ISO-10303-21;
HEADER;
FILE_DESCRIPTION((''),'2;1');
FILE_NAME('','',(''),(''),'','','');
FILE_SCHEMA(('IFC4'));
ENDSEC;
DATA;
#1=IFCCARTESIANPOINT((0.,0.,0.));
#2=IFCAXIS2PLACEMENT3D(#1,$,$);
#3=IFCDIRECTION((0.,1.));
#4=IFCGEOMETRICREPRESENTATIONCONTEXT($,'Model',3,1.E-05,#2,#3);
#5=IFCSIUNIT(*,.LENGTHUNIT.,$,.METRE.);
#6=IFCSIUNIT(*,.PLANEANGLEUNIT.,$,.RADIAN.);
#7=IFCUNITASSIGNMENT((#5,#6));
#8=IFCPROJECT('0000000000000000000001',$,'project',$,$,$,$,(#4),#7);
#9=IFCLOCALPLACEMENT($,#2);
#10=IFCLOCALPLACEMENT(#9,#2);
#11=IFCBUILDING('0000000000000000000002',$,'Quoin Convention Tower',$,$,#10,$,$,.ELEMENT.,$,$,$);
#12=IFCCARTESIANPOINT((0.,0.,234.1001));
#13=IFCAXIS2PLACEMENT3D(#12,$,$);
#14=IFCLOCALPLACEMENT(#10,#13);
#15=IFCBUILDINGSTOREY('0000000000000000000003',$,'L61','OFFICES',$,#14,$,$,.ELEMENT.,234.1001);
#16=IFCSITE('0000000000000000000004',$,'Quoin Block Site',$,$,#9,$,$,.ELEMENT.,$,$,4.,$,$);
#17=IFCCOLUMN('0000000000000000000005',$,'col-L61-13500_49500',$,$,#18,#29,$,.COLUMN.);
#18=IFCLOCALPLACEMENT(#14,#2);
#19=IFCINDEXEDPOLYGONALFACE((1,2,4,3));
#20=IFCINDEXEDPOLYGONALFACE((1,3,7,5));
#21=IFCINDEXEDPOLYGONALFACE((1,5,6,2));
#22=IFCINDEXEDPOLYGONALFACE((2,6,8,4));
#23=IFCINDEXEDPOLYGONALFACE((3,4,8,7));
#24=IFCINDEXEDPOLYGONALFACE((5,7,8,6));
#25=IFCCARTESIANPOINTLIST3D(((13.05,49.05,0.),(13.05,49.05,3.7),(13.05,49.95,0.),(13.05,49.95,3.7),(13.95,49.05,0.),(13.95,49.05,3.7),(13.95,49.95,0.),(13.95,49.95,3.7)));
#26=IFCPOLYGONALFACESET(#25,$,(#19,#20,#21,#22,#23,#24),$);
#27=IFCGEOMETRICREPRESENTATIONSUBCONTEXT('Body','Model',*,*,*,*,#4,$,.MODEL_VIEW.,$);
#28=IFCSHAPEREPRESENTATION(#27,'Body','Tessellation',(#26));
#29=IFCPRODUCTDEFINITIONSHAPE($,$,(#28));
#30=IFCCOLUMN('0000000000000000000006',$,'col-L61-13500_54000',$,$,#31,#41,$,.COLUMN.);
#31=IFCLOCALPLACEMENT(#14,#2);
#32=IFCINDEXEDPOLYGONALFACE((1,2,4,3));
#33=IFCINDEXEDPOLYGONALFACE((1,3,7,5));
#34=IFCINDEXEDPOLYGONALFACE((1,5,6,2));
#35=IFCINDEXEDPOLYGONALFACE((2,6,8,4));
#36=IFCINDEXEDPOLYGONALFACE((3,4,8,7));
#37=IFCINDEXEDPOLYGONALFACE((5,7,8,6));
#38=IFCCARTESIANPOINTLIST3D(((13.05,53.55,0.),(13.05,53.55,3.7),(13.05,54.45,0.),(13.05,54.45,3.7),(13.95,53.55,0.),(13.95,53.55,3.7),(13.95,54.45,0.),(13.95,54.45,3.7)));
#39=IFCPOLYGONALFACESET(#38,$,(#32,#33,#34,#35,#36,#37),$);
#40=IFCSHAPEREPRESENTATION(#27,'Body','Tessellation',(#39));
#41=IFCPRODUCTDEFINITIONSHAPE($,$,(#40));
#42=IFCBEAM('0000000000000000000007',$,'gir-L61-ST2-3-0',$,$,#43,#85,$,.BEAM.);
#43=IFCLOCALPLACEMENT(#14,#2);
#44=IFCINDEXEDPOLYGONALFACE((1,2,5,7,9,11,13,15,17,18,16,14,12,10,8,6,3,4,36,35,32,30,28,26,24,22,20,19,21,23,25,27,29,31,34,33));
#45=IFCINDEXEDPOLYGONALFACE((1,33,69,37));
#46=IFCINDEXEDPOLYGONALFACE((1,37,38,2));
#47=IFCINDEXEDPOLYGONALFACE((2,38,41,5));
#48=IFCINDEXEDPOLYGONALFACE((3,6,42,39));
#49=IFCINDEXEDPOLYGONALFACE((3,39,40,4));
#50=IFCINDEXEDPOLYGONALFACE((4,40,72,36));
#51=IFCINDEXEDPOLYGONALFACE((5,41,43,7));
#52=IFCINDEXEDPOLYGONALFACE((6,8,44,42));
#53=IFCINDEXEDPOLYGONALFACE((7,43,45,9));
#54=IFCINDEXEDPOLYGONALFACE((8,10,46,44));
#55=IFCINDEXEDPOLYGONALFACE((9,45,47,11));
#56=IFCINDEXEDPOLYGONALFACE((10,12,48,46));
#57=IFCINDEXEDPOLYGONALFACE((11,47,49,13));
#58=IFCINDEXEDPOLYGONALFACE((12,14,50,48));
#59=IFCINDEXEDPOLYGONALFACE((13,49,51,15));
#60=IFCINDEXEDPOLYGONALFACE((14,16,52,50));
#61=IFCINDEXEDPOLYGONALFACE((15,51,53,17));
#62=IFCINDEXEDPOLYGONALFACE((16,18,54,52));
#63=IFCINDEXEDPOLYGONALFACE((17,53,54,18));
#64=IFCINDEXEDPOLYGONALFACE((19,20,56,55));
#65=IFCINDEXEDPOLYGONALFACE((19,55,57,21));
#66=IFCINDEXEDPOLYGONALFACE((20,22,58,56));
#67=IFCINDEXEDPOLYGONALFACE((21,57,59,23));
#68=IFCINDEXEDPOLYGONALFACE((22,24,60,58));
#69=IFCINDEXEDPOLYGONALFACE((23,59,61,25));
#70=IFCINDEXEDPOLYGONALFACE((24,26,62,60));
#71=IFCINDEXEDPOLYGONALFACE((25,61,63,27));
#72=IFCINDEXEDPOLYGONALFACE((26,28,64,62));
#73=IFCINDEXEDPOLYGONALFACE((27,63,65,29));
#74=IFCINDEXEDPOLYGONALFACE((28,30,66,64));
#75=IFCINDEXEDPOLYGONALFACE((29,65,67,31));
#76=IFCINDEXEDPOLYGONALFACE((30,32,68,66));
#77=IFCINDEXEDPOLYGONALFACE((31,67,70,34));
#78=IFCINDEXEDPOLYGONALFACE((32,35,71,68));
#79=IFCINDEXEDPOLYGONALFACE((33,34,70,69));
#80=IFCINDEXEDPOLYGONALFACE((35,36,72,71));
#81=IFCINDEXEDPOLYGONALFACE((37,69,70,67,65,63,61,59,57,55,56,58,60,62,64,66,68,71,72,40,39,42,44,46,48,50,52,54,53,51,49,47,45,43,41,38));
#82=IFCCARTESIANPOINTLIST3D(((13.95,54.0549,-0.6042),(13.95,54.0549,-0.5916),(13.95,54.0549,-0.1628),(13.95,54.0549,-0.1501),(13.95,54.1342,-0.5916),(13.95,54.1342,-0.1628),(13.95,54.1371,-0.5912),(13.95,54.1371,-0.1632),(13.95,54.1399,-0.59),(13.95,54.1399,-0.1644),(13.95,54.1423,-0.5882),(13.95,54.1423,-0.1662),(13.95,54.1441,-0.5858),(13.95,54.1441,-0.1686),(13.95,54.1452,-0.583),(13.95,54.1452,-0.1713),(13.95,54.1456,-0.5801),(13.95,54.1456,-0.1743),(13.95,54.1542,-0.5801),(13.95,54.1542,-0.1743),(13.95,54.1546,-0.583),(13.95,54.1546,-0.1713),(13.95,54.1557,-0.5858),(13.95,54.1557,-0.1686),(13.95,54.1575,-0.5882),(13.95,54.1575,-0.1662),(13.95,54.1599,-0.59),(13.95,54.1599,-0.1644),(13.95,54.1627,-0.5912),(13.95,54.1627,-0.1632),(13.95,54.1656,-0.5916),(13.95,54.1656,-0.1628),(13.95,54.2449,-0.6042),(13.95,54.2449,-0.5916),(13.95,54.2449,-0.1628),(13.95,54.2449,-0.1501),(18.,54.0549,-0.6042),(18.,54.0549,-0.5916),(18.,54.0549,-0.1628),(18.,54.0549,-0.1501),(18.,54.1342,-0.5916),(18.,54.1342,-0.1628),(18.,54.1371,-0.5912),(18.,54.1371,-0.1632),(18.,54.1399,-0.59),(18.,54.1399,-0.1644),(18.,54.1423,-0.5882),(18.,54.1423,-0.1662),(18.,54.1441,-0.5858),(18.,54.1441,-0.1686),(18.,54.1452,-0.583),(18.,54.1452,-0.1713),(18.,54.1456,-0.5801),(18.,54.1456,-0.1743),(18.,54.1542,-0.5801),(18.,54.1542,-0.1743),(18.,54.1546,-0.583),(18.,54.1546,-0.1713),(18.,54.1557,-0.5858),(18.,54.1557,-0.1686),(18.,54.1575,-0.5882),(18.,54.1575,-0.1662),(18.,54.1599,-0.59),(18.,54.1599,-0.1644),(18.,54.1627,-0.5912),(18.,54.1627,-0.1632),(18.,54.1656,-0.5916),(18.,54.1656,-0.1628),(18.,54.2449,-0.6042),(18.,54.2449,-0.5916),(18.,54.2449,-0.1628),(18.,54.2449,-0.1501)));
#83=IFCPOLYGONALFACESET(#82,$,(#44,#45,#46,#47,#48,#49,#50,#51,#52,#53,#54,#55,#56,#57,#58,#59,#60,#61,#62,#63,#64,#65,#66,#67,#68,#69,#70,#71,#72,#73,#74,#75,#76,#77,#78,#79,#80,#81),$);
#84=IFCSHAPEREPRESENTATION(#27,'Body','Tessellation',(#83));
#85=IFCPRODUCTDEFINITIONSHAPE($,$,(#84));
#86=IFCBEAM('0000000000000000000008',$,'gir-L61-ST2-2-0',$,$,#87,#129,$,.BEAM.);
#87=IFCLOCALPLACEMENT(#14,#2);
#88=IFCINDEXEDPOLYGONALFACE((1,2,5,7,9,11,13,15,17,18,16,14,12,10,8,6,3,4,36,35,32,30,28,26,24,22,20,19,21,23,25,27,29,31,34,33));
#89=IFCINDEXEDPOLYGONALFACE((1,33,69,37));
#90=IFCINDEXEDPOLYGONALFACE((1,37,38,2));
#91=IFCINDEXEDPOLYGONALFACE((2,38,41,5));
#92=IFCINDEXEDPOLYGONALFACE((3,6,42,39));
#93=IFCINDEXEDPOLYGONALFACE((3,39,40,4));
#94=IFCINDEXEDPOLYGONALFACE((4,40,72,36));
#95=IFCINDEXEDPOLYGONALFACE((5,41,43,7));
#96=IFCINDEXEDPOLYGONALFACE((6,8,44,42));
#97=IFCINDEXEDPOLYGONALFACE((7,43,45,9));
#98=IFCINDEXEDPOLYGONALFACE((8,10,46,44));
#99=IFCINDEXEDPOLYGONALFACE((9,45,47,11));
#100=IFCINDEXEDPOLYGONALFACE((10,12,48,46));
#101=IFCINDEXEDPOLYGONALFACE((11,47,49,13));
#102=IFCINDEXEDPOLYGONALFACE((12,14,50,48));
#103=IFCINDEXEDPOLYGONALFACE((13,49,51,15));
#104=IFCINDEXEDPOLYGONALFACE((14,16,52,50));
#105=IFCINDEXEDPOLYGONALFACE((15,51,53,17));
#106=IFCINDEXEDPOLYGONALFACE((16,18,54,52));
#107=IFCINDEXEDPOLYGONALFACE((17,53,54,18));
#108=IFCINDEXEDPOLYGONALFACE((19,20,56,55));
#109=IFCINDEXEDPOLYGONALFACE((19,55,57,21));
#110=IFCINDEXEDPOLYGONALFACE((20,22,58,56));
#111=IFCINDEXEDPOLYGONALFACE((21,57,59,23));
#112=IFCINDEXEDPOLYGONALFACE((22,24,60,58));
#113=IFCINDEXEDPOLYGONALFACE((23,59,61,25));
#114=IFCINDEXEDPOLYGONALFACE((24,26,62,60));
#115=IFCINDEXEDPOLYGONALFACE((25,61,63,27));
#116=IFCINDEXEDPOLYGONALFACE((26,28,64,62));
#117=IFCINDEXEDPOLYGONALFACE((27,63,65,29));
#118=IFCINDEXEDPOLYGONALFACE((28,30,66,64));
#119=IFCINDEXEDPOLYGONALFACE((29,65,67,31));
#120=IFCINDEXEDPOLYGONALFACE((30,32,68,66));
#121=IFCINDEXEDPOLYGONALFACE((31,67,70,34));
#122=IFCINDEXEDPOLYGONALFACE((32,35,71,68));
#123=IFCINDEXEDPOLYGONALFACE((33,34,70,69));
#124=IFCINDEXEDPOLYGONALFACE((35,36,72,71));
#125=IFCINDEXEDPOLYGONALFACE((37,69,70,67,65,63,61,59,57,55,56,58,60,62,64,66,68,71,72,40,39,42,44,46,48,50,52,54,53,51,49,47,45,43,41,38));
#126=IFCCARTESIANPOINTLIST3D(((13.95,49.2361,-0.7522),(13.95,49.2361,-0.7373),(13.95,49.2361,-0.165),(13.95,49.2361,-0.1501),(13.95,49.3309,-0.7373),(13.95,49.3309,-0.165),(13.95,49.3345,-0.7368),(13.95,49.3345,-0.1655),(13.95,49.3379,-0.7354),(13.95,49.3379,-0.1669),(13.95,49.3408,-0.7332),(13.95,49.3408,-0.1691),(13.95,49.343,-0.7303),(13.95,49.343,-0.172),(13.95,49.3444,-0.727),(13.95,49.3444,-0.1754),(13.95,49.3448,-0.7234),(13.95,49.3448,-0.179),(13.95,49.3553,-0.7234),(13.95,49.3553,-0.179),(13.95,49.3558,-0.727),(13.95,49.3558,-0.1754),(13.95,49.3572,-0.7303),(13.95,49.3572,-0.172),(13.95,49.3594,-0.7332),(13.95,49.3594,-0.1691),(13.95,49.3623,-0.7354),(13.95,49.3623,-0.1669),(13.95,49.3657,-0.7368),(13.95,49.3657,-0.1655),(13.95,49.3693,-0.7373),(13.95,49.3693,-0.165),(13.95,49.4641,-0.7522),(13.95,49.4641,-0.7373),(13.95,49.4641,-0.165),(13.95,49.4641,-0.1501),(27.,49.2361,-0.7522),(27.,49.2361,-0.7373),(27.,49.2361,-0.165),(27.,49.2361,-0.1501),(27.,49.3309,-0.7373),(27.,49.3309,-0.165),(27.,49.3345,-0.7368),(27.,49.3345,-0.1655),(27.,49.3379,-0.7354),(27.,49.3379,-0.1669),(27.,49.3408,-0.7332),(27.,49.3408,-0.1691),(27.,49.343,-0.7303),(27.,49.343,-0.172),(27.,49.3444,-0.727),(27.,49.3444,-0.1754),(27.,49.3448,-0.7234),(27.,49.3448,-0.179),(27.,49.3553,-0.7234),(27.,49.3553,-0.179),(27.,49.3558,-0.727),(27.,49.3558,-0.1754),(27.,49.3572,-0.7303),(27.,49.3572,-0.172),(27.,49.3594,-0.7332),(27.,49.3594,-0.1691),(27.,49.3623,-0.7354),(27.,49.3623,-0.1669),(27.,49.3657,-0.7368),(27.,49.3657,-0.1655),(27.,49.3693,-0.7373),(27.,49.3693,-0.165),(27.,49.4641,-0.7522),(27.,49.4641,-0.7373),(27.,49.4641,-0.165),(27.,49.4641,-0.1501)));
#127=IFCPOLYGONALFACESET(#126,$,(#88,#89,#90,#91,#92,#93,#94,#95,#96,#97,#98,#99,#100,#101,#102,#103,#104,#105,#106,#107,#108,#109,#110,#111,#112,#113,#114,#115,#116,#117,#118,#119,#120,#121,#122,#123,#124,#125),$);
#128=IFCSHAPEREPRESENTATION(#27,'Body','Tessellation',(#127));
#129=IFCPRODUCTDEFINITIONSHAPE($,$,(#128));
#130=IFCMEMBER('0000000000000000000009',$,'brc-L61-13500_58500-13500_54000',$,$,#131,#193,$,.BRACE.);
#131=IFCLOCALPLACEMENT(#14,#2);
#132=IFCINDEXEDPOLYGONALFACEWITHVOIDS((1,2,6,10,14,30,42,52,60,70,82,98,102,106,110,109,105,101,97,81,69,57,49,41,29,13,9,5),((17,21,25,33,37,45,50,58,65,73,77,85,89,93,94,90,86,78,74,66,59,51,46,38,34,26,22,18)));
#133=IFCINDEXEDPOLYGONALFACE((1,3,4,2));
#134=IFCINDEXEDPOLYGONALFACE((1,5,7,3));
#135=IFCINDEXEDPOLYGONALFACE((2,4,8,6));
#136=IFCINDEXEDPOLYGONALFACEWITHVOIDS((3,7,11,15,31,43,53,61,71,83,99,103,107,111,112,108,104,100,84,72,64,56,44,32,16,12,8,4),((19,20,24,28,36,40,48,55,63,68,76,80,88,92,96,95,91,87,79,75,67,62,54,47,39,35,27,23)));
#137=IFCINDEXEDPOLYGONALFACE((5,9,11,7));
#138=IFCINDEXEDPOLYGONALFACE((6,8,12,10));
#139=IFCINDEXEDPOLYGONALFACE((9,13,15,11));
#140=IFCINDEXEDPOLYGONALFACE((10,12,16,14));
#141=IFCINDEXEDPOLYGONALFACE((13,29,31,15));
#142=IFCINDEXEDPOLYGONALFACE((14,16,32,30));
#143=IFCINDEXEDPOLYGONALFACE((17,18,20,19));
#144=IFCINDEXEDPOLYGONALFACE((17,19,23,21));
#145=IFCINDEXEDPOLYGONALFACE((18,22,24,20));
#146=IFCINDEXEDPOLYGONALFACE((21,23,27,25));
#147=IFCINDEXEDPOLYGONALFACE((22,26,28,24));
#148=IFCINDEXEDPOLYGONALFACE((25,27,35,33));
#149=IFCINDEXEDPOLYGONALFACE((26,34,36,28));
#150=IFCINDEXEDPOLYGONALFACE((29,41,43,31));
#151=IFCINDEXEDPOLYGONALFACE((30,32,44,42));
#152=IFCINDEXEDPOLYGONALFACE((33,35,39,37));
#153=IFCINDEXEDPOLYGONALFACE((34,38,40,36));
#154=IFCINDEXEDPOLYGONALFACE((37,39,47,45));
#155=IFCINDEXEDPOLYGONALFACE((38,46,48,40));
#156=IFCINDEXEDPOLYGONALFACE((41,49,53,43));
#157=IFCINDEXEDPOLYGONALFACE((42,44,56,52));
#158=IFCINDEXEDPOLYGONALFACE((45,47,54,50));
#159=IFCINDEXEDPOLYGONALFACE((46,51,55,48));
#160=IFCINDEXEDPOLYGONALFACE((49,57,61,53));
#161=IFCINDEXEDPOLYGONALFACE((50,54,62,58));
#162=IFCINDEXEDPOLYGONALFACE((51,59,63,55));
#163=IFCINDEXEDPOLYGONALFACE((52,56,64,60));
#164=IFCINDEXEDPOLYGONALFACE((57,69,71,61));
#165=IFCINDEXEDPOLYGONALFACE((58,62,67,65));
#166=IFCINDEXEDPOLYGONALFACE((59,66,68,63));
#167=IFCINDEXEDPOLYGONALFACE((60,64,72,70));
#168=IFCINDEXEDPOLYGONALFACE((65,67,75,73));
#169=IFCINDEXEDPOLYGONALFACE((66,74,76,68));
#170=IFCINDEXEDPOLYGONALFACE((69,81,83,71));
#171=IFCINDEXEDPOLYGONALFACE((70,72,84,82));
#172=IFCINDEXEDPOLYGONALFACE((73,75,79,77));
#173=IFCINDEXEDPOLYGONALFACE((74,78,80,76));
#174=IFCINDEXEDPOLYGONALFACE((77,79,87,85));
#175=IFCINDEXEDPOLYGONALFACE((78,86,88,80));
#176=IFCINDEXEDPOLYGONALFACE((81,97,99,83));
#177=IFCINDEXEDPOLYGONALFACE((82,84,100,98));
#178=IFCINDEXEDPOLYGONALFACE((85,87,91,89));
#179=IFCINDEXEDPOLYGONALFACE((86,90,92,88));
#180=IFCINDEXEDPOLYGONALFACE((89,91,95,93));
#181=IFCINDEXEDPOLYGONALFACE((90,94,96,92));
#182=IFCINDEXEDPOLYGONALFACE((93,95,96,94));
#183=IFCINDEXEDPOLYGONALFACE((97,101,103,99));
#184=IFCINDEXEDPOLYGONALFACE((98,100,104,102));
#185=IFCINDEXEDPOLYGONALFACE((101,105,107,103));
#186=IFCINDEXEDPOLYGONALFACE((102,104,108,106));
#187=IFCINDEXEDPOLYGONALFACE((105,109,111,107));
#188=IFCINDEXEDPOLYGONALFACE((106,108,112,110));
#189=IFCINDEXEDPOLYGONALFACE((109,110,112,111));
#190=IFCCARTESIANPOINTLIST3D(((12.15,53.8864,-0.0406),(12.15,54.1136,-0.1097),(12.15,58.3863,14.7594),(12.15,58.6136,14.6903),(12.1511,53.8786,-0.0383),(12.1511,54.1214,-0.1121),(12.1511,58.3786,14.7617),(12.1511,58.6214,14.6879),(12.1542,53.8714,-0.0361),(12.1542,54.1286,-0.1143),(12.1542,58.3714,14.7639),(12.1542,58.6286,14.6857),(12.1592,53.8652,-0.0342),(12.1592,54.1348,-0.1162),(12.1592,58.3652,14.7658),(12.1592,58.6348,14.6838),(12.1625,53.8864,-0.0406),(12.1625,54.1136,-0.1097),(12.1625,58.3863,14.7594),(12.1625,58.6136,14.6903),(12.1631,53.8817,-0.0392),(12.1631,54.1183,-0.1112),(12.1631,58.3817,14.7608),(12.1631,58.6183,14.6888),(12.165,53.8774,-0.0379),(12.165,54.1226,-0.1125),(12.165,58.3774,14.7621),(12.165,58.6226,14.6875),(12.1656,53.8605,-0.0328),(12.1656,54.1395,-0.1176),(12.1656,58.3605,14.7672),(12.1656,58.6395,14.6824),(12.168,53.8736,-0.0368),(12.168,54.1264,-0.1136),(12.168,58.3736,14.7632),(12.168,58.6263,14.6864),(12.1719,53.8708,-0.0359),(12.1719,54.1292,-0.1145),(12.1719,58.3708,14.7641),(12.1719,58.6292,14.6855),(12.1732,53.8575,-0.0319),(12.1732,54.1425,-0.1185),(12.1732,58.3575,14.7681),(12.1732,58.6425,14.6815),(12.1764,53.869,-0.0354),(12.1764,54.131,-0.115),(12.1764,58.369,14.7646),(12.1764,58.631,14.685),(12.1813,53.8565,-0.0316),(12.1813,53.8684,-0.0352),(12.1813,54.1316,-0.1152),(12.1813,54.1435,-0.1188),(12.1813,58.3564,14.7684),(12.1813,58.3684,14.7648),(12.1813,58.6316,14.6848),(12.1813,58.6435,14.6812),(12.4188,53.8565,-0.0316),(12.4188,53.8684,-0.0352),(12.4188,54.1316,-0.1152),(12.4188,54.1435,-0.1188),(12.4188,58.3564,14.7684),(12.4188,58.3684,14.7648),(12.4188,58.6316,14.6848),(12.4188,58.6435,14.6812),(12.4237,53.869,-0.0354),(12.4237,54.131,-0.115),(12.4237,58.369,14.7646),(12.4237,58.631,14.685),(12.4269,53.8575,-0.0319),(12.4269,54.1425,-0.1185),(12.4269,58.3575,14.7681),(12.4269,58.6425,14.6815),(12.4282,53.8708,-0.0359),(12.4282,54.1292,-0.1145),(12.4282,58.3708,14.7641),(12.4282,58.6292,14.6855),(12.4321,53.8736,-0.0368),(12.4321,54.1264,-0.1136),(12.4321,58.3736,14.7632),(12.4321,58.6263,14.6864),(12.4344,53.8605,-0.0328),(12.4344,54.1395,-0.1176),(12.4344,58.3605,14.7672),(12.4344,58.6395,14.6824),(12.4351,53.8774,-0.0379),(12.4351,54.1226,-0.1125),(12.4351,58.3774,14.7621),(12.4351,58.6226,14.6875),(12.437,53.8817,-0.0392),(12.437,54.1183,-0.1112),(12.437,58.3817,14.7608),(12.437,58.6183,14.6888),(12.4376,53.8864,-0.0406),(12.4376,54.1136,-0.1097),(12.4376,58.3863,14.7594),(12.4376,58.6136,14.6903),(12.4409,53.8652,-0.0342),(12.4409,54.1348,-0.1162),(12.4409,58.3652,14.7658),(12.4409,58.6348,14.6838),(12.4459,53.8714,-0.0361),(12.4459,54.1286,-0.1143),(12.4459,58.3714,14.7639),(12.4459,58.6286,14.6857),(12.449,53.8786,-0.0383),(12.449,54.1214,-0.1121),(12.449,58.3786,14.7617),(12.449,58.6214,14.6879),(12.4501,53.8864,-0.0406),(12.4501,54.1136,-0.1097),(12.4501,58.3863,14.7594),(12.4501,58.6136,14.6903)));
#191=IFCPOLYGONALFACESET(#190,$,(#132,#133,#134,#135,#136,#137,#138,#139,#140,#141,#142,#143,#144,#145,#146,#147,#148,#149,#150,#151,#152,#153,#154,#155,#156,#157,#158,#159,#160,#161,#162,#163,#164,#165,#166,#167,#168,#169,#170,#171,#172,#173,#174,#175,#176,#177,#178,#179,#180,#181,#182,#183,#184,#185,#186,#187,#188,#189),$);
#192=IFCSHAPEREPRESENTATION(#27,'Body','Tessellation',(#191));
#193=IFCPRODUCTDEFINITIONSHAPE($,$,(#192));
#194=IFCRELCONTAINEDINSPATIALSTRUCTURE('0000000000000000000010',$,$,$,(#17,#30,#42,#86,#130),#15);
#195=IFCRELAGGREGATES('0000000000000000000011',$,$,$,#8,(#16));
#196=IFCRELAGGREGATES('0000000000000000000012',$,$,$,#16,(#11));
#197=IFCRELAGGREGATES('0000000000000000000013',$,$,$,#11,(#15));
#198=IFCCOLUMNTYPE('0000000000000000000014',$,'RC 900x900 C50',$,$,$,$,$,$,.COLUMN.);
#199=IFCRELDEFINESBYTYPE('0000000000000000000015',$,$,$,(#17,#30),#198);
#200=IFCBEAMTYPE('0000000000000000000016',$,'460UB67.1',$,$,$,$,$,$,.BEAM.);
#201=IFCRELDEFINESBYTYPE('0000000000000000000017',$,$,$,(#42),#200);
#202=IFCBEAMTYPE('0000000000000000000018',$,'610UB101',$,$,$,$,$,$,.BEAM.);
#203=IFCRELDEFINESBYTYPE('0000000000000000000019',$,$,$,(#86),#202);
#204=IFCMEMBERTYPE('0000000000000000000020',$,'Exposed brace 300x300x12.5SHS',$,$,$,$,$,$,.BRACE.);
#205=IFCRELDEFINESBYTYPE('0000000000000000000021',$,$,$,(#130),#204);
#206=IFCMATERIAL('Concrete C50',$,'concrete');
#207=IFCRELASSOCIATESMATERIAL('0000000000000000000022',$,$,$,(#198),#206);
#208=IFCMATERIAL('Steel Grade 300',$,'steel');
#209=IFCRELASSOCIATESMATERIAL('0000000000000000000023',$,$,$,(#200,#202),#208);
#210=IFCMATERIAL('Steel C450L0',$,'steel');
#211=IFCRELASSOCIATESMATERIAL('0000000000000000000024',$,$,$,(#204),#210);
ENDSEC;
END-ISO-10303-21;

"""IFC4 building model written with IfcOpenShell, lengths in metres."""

from ifc_helpers import new_model, si_unit, direction, frame, origin, origin_2d, place, context, subcontext, project, spatial, rectangle, hollow_rectangle, i_section, extrude, material, material_profile, profile_set, type_object, element, save


model = new_model("IFC4")

# Units and contexts
model_context = context("Model", 3, precision=1e-05, world=origin(), true_north=direction((0.0, 1.0)))
body_context = subcontext(model_context, "Body", "Model", "MODEL_VIEW")
ifc_project = project(units=[si_unit("LENGTHUNIT", "METRE"), si_unit("PLANEANGLEUNIT", "RADIAN")], contexts=[model_context])

# Site, building, storey
site_placement = place(None, origin())
site = spatial("IfcSite", under=ifc_project, at=site_placement, Name="Quoin Block Site", CompositionType="ELEMENT", RefElevation=4.0)
building_placement = place(site_placement, origin())
building = spatial("IfcBuilding", under=site, at=building_placement, Name="Quoin Convention Tower", CompositionType="ELEMENT")
storey_placement = place(building_placement, frame((0.0, 0.0, 234.1001)))
storey = spatial("IfcBuildingStorey", under=building, at=storey_placement, Name="L61", Description="OFFICES", CompositionType="ELEMENT", Elevation=234.1001)

# Columns
ifc_material_1 = material(Name="Concrete C50", Category="concrete")
ifc_material_profile_1 = material_profile(ifc_material_1, rectangle(XDim=0.8999, YDim=0.8999, at=origin_2d()), Name="RC 900x900")
ifc_profile_set_1 = profile_set([ifc_material_profile_1], Name="Concrete C50")
column_type = type_object("IfcColumnType", Name="RC 900x900 C50", PredefinedType="COLUMN", material=ifc_profile_set_1)
for number, where, z_axis, x_axis, name in (
    (1, (13.5, 49.5, 0.0), (0.0, 0.0, 1.0), (1.0, 0.0, 0.0), "col-L61-13500_49500"),
    (2, (13.5, 54.0, 0.0), (0.0, 0.0, 1.0), (1.0, 0.0, 0.0), "col-L61-13500_54000"),
):
    element("IfcColumn", number, at=place(storey_placement, frame(where, z_axis=z_axis, x_axis=x_axis)), inside=storey, type_object=column_type, Name=name, PredefinedType="COLUMN", context=body_context, shape_type="SweptSolid", body=[
        extrude(rectangle(XDim=0.8999, YDim=0.8999, at=origin_2d()), origin(), (0.0, 0.0, 1.0), 3.7),
    ])

# Beams
ifc_material_2 = material(Name="Steel Grade 300", Category="steel")
ifc_material_profile_2 = material_profile(ifc_material_2, i_section(OverallWidth=0.1899, OverallDepth=0.4541, WebThickness=0.0085, FlangeThickness=0.0127, FilletRadius=0.0115, at=origin_2d()), Name="460UB67.1")
ifc_profile_set_2 = profile_set([ifc_material_profile_2], Name="Steel Grade 300")
beam_type_1 = type_object("IfcBeamType", Name="460UB67.1", PredefinedType="BEAM", material=ifc_profile_set_2)
beam_1_placement = place(storey_placement, frame((13.95, 54.1499, -0.3772), z_axis=(1.0, 0.0, 0.0), x_axis=(0.0, 1.0, 0.0)))
element("IfcBeam", 3, at=beam_1_placement, inside=storey, type_object=beam_type_1, Name="gir-L61-ST2-3-0", PredefinedType="BEAM", context=body_context, shape_type="SweptSolid", body=[
    extrude(i_section(OverallWidth=0.1899, OverallDepth=0.4541, WebThickness=0.0085, FlangeThickness=0.0127, FilletRadius=0.0115, at=origin_2d()), origin(), (0.0, 0.0, 1.0), 4.05),
])
ifc_material_profile_3 = material_profile(ifc_material_2, i_section(OverallWidth=0.228, OverallDepth=0.6021, WebThickness=0.0105, FlangeThickness=0.0149, FilletRadius=0.0139, at=origin_2d()), Name="610UB101")
ifc_profile_set_3 = profile_set([ifc_material_profile_3], Name="Steel Grade 300")
beam_type_2 = type_object("IfcBeamType", Name="610UB101", PredefinedType="BEAM", material=ifc_profile_set_3)
beam_2_placement = place(storey_placement, frame((13.95, 49.3501, -0.4512), z_axis=(1.0, 0.0, 0.0), x_axis=(0.0, 1.0, 0.0)))
element("IfcBeam", 4, at=beam_2_placement, inside=storey, type_object=beam_type_2, Name="gir-L61-ST2-2-0", PredefinedType="BEAM", context=body_context, shape_type="SweptSolid", body=[
    extrude(i_section(OverallWidth=0.228, OverallDepth=0.6021, WebThickness=0.0105, FlangeThickness=0.0149, FilletRadius=0.0139, at=origin_2d()), origin(), (0.0, 0.0, 1.0), 13.05),
])

# Member
ifc_material_3 = material(Name="Steel C450L0", Category="steel")
ifc_material_profile_4 = material_profile(ifc_material_3, hollow_rectangle(XDim=0.3, YDim=0.3, WallThickness=0.0125, InnerFilletRadius=0.0188, OuterFilletRadius=0.0312, at=origin_2d()), Name="300x300x12.5SHS")
ifc_profile_set_4 = profile_set([ifc_material_profile_4], Name="Steel C450L0")
member_type = type_object("IfcMemberType", Name="Exposed brace 300x300x12.5SHS", PredefinedType="BRACE", material=ifc_profile_set_4)
for number, where, z_axis, x_axis, name in (
    (5, (12.3, 54.0, -0.0752), (0.0, 0.290903, 0.956752), (-1.0, 0.0, 0.0), "brc-L61-13500_58500-13500_54000"),
):
    element("IfcMember", number, at=place(storey_placement, frame(where, z_axis=z_axis, x_axis=x_axis)), inside=storey, type_object=member_type, Name=name, PredefinedType="BRACE", context=body_context, shape_type="SweptSolid", body=[
        extrude(hollow_rectangle(XDim=0.3, YDim=0.3, WallThickness=0.0125, InnerFilletRadius=0.0188, OuterFilletRadius=0.0312, at=origin_2d()), origin(), (0.0, 0.0, 1.0), 15.469),
    ])

save(model, "model.ifc")
